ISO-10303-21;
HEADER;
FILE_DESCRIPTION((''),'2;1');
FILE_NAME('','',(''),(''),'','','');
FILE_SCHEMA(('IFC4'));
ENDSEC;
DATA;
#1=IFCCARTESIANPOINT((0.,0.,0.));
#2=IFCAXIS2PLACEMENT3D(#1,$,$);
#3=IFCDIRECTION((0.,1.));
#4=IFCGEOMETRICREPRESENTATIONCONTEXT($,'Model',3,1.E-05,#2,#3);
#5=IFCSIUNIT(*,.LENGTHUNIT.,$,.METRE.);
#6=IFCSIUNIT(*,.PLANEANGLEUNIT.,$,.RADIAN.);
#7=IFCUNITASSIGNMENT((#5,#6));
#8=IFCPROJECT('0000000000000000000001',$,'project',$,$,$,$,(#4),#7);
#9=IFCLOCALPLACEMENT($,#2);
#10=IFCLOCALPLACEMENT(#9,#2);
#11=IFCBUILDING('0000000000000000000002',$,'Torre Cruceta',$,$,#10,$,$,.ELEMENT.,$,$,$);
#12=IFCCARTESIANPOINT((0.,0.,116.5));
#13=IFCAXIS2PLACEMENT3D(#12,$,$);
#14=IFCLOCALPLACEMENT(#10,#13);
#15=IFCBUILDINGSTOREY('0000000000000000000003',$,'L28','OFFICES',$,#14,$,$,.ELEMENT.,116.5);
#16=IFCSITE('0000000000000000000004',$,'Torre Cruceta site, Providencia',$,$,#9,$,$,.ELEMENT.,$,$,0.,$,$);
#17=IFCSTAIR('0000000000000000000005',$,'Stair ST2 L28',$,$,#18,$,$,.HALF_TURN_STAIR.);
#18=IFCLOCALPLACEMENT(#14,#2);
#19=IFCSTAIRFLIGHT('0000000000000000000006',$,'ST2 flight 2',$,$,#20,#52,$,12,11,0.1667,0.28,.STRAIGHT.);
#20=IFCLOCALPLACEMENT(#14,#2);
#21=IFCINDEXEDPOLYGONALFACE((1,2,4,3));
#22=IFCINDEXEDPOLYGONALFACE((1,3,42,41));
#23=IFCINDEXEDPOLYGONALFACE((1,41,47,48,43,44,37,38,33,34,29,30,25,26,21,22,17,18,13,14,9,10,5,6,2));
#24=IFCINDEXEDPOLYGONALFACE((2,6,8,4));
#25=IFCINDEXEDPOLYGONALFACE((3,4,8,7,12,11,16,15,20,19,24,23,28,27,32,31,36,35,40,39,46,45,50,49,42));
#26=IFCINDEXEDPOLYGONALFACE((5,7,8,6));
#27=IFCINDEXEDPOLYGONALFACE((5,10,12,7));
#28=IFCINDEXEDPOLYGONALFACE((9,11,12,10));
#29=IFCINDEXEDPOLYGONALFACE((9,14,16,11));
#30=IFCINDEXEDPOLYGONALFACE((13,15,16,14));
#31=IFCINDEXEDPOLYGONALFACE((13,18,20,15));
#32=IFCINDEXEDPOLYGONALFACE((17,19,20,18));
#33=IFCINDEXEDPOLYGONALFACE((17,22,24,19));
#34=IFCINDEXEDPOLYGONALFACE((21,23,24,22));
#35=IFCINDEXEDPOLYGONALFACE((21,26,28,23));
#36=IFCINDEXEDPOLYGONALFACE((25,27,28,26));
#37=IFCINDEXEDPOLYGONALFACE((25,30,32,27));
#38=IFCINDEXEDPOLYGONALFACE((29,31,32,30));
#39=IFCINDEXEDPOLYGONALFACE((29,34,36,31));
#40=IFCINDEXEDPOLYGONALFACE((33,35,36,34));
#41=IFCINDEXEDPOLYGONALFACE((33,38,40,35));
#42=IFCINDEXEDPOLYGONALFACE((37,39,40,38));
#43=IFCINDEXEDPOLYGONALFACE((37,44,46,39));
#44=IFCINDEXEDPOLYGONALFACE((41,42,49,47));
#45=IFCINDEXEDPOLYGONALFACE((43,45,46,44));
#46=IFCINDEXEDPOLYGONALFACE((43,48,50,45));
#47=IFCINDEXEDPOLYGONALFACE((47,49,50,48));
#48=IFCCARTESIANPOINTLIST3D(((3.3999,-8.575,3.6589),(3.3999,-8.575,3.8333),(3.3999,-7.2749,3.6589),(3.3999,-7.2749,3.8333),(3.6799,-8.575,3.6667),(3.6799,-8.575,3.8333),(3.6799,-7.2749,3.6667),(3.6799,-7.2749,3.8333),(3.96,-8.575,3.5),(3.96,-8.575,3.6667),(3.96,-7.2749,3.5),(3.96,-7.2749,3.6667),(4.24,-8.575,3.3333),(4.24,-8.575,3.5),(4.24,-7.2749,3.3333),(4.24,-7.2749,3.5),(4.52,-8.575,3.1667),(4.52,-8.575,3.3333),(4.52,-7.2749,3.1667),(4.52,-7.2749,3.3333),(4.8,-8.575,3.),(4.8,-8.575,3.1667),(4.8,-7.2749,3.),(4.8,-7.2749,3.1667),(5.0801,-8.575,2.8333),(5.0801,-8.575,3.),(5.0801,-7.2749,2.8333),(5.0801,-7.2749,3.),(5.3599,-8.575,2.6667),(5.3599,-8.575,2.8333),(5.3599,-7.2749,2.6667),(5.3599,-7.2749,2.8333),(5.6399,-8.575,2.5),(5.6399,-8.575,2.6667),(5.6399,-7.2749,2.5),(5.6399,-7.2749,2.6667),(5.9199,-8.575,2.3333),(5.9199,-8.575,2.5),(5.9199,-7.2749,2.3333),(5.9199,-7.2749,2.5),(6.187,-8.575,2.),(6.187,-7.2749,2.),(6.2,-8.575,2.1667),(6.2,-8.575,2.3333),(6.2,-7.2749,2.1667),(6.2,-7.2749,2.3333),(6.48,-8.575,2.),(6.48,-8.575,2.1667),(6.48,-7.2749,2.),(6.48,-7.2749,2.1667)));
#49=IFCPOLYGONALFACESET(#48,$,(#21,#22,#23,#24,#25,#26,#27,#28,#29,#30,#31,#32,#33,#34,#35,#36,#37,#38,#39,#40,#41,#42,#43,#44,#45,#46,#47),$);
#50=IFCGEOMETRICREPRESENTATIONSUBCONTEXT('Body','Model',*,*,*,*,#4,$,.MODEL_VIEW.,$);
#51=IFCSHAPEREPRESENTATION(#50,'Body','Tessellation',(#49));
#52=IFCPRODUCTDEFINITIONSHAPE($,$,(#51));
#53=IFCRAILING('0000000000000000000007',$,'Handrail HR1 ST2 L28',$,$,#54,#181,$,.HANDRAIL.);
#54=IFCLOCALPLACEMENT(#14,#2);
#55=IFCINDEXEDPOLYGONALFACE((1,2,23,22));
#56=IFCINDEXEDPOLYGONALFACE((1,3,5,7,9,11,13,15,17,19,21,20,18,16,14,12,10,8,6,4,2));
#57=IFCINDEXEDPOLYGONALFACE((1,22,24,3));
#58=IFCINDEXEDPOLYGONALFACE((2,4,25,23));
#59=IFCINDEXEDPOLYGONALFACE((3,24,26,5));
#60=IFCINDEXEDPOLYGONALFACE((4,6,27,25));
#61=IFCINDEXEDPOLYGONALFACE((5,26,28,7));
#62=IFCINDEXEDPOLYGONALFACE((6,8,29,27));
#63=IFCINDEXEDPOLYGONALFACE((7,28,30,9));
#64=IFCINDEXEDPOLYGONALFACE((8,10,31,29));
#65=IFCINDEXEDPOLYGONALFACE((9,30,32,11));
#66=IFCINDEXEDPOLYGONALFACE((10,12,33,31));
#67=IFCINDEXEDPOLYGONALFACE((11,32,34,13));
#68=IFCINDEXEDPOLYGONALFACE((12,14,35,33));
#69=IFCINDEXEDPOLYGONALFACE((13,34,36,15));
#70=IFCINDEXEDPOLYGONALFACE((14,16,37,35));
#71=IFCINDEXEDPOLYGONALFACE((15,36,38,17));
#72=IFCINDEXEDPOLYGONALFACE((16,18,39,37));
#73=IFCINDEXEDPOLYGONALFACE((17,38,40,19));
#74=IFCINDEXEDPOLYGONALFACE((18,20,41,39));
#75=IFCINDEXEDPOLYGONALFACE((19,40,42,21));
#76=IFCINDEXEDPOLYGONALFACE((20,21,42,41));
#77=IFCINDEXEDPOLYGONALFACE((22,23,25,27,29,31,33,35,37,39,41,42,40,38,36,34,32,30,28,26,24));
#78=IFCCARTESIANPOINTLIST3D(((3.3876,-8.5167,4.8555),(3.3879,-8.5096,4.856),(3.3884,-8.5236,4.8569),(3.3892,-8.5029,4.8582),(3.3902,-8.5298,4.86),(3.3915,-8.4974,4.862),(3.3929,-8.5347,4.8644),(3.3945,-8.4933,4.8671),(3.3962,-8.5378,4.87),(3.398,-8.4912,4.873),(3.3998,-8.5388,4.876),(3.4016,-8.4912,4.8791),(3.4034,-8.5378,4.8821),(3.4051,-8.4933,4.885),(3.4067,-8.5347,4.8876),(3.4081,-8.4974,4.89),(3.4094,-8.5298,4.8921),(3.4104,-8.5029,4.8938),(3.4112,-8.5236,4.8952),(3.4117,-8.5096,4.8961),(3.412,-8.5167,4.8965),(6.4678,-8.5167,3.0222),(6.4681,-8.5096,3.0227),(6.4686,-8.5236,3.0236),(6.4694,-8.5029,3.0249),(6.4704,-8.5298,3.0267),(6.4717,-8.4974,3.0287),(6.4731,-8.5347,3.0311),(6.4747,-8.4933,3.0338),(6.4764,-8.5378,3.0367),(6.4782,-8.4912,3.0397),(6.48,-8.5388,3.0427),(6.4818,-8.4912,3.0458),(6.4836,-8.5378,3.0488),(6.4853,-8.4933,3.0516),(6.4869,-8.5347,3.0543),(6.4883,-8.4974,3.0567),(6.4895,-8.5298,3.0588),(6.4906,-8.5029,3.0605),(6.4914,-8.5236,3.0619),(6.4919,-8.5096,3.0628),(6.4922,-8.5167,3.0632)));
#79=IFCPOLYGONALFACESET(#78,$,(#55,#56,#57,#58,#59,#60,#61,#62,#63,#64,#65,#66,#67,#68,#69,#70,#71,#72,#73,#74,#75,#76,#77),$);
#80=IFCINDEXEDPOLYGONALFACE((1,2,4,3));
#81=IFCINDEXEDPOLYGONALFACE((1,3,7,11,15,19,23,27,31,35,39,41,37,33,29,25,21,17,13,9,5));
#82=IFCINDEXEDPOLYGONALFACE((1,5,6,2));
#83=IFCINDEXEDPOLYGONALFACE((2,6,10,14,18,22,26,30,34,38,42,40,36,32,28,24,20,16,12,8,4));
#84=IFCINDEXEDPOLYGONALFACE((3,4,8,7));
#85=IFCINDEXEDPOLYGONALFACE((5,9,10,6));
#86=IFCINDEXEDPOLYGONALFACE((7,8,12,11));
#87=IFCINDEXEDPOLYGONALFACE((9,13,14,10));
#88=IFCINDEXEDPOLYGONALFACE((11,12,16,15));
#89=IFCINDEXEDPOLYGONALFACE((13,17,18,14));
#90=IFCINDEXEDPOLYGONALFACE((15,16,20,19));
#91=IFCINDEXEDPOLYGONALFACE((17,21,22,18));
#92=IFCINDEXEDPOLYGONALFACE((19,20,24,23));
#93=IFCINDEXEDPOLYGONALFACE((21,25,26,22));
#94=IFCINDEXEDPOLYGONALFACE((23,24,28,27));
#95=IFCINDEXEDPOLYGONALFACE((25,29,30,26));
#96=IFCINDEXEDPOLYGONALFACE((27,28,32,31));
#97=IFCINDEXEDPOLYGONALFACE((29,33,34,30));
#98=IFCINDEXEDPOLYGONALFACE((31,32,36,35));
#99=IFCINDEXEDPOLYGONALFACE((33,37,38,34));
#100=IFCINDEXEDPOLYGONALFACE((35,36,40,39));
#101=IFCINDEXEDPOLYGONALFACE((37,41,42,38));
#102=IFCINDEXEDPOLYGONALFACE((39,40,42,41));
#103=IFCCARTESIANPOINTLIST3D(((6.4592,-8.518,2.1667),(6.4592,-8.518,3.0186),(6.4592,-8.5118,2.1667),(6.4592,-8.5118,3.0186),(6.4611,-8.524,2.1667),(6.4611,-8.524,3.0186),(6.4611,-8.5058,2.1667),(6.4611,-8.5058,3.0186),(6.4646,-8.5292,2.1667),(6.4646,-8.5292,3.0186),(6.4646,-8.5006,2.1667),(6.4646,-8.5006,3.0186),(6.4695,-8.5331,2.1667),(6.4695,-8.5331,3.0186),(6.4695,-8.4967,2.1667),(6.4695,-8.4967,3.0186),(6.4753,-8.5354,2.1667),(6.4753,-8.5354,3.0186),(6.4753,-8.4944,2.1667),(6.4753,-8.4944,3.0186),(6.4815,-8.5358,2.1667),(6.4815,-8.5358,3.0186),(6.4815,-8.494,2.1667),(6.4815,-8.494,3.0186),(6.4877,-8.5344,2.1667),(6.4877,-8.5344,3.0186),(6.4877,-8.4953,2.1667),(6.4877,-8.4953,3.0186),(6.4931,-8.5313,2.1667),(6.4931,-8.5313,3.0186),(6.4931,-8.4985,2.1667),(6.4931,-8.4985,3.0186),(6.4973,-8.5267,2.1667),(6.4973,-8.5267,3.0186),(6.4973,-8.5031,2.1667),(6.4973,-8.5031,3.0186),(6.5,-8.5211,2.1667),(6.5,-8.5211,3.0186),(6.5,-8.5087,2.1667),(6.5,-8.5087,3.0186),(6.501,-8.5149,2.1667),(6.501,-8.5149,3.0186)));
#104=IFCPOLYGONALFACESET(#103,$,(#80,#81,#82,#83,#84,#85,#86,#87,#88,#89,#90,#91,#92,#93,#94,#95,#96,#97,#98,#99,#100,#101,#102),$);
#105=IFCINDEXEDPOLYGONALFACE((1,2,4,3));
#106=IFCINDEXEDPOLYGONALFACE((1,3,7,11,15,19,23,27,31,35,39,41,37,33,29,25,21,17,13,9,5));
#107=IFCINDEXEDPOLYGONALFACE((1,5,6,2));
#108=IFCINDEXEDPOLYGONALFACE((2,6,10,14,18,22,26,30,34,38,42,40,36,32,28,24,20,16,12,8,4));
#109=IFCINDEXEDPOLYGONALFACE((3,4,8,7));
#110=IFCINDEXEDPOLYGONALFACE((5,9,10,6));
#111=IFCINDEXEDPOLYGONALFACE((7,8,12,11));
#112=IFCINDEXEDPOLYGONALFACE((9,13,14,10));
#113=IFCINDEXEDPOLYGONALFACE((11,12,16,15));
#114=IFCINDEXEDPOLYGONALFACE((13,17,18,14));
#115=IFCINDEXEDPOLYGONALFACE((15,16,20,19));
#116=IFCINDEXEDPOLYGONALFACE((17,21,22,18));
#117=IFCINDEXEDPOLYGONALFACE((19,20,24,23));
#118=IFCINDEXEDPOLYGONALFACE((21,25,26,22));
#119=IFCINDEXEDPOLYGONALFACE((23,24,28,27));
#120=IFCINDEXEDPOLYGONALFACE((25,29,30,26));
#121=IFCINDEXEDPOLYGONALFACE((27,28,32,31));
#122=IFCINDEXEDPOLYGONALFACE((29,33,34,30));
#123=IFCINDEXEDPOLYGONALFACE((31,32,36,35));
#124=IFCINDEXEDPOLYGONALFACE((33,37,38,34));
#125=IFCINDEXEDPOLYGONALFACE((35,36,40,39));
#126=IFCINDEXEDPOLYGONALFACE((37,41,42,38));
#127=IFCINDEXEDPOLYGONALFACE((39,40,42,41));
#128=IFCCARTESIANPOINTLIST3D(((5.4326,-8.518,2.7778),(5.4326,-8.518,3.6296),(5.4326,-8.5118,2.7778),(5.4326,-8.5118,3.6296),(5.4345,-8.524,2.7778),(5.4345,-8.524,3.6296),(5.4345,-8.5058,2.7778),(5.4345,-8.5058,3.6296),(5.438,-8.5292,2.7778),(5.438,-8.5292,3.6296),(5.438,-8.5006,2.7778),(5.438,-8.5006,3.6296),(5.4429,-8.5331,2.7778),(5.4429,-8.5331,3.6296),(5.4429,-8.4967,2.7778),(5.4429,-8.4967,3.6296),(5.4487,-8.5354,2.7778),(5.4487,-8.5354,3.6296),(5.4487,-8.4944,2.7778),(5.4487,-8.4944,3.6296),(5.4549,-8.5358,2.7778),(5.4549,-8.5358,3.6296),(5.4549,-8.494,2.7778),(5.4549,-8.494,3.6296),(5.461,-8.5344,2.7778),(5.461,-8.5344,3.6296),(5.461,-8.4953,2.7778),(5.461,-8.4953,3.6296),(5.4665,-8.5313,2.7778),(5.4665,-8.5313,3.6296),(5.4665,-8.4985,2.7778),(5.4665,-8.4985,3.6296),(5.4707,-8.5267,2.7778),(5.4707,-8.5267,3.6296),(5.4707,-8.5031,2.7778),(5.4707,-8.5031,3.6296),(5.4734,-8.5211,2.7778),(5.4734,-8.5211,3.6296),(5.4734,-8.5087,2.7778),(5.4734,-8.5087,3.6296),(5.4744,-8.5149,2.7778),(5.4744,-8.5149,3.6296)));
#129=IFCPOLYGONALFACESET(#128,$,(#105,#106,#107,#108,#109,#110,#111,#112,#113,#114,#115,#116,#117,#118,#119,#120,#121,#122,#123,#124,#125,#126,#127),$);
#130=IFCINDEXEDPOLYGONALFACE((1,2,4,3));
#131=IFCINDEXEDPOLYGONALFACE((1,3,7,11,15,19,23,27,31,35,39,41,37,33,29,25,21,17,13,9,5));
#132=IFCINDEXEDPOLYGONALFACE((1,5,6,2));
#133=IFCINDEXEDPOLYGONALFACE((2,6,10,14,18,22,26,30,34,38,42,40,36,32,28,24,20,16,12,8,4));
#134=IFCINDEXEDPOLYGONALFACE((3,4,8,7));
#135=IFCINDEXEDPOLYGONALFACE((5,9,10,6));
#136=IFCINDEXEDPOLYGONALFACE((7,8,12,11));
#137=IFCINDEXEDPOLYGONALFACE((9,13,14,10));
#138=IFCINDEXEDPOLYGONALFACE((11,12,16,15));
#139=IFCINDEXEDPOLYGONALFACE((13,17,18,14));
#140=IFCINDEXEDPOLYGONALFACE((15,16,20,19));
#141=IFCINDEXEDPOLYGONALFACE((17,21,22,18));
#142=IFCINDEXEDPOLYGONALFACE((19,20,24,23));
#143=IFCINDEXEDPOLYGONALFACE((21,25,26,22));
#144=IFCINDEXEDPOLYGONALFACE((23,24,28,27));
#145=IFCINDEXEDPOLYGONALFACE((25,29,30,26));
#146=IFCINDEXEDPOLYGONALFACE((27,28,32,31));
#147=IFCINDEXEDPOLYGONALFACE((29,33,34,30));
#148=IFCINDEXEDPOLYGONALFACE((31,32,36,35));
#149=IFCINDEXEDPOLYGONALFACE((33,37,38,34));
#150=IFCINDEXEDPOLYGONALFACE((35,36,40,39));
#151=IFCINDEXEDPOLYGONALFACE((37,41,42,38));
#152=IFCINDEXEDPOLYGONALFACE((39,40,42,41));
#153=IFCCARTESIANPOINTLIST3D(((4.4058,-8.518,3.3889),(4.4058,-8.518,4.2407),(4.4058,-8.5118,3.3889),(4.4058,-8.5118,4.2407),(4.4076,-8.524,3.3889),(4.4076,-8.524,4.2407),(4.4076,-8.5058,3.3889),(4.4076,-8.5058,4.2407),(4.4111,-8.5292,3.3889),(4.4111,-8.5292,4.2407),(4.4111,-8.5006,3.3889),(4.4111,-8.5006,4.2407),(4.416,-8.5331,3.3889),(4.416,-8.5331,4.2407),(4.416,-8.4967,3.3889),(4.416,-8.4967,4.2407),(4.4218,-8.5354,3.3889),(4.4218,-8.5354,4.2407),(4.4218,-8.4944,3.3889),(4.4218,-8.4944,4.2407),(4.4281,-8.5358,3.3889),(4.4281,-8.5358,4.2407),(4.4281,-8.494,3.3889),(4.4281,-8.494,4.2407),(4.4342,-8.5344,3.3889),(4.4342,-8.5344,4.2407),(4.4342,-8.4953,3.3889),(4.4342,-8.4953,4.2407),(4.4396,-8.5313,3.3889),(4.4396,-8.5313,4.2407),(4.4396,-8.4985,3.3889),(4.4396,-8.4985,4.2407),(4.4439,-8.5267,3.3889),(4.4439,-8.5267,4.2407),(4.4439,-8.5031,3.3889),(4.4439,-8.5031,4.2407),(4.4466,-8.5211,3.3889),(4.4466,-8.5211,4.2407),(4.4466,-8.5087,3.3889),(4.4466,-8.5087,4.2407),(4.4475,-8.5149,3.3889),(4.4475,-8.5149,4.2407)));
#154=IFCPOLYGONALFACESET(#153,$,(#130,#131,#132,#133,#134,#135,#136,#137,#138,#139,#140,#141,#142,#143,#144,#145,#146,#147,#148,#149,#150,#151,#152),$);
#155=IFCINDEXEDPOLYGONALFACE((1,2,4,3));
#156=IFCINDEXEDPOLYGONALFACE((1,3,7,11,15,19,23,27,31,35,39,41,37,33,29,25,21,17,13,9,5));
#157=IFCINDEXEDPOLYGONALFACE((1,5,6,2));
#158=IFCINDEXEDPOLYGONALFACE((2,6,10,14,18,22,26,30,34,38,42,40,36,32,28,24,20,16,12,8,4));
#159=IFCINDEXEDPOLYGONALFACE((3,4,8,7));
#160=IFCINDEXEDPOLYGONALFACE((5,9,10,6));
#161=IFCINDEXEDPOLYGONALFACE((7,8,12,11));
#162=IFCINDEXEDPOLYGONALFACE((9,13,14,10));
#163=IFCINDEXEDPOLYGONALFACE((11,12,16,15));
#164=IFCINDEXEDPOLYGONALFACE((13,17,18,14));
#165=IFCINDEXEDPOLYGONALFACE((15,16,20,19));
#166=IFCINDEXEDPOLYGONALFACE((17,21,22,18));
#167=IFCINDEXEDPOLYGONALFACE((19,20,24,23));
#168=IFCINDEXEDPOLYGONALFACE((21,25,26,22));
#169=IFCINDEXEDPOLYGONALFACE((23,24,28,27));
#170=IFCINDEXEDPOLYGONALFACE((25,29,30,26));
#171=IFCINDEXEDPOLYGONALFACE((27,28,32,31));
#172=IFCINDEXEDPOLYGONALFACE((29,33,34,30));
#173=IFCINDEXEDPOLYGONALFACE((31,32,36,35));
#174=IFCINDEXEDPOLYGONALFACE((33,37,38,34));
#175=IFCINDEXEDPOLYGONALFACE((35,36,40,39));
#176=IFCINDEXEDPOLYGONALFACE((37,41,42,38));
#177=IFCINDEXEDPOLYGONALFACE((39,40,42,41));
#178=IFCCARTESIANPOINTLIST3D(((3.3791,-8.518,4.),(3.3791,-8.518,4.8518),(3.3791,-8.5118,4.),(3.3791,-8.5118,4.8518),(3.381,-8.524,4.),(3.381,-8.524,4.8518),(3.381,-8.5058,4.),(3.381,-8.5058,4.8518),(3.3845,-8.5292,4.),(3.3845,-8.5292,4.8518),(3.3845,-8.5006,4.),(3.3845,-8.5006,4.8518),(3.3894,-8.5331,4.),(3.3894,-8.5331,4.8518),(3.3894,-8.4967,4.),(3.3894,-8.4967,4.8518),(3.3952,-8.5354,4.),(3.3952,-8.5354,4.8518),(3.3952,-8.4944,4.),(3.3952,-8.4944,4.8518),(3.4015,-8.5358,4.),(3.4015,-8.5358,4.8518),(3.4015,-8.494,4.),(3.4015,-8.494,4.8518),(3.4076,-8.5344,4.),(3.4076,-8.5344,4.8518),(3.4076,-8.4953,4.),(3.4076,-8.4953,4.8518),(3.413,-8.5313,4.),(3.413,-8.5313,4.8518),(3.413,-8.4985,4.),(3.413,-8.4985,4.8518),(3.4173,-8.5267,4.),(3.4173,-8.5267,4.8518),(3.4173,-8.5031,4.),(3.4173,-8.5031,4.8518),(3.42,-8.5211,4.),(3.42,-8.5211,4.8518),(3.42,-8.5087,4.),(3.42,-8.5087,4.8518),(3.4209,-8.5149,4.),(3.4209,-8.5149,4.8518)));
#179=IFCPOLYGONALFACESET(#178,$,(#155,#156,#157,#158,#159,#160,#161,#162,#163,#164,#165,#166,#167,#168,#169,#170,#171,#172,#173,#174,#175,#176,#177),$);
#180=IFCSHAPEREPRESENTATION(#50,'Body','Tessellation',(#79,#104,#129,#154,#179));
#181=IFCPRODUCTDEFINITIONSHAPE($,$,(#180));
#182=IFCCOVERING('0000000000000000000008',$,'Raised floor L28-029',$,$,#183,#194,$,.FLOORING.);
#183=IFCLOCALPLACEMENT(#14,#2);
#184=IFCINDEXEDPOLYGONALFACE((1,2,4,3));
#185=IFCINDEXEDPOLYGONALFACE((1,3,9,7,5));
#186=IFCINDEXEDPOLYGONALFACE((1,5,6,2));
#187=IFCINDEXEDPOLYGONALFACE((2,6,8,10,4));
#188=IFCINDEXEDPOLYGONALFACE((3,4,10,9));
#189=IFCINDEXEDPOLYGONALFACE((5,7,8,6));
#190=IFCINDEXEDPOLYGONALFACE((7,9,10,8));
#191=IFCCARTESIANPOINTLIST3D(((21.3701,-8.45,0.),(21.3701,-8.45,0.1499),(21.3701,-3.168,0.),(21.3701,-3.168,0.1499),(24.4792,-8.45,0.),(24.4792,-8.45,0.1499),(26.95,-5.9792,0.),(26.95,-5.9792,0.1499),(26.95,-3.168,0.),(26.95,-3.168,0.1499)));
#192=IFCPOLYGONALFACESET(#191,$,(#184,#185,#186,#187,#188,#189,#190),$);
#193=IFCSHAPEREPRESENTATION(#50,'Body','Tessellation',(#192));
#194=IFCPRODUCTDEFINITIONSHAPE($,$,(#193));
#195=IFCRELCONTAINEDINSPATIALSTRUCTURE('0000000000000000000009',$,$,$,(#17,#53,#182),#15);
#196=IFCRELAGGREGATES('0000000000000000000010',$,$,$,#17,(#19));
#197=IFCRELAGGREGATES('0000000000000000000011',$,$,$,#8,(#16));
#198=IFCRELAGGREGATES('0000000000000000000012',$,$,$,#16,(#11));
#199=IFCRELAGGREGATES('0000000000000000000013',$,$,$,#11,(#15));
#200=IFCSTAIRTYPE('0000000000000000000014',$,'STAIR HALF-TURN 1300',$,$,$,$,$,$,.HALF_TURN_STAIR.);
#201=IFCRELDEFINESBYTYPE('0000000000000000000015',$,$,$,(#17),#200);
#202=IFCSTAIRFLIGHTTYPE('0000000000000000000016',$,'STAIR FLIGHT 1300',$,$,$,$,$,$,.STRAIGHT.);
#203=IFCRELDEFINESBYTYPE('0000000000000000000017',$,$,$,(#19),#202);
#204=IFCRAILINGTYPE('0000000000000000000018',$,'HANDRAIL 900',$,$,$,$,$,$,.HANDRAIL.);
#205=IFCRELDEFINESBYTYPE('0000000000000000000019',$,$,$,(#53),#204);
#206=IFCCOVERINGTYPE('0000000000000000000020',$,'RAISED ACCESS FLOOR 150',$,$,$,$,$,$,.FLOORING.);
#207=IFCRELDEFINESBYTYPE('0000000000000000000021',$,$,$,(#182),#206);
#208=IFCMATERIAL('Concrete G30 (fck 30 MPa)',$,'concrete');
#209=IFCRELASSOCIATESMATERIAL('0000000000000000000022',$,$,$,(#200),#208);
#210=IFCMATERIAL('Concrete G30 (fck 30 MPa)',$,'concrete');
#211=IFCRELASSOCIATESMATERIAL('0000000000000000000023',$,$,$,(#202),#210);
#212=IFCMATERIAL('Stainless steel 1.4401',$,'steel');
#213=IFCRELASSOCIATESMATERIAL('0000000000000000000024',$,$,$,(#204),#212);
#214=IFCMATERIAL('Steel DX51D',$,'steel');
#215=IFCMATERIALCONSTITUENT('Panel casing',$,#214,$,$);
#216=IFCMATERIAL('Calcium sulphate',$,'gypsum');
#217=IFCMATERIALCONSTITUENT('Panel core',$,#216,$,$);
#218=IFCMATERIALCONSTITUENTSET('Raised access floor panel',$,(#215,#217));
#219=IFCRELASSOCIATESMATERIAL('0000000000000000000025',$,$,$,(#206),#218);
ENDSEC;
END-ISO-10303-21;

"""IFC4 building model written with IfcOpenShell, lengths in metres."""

from ifc_helpers import new_model, si_unit, direction, frame, origin, origin_2d, place, context, subcontext, project, spatial, polyline, circle, outline, extrude, material, constituent, constituent_set, type_object, element, aggregate, save


model = new_model("IFC4")

# Units and contexts
model_context = context("Model", 3, precision=1e-05, world=origin(), true_north=direction((0.0, 1.0)))
body_context = subcontext(model_context, "Body", "Model", "MODEL_VIEW")
ifc_project = project(units=[si_unit("LENGTHUNIT", "METRE"), si_unit("PLANEANGLEUNIT", "RADIAN")], contexts=[model_context])

# Site, building, storey
site_placement = place(None, origin())
site = spatial("IfcSite", under=ifc_project, at=site_placement, Name="Torre Cruceta site, Providencia", CompositionType="ELEMENT", RefElevation=0.0)
building_placement = place(site_placement, origin())
building = spatial("IfcBuilding", under=site, at=building_placement, Name="Torre Cruceta", CompositionType="ELEMENT")
storey_placement = place(building_placement, frame((0.0, 0.0, 116.5)))
storey = spatial("IfcBuildingStorey", under=building, at=storey_placement, Name="L28", Description="OFFICES", CompositionType="ELEMENT", Elevation=116.5)

# Stair, stair flight
ifc_material_1 = material(Name="Concrete G30 (fck 30 MPa)", Category="concrete")
stair_type = type_object("IfcStairType", Name="STAIR HALF-TURN 1300", PredefinedType="HALF_TURN_STAIR", material=ifc_material_1)
stair_placement = place(storey_placement, origin())
stair = element("IfcStair", 1, at=stair_placement, inside=storey, type_object=stair_type, Name="Stair ST2 L28", PredefinedType="HALF_TURN_STAIR")
ifc_material_2 = material(Name="Concrete G30 (fck 30 MPa)", Category="concrete")
stair_flight_type = type_object("IfcStairFlightType", Name="STAIR FLIGHT 1300", PredefinedType="STRAIGHT", material=ifc_material_2)
stair_flight_1_placement = place(storey_placement, frame((6.48, -7.925, 2.0), z_axis=(0.0, 0.0, 1.0), x_axis=(-1.0, 0.0, 0.0)))
stair_flight_1 = element("IfcStairFlight", 2, at=stair_flight_1_placement, type_object=stair_flight_type, Name="ST2 flight 2", NumberOfRisers=12, NumberOfTreads=11, PredefinedType="STRAIGHT", RiserHeight=0.1667, TreadLength=0.28, context=body_context, shape_type="SweptSolid", body=[
    extrude(outline(polyline([(0.0, 0.0), (0.0, 0.1667), (0.28, 0.1667), (0.28, 0.3333), (0.5601, 0.3333), (0.5601, 0.5), (0.8401, 0.5), (0.8401, 0.6667), (1.1201, 0.6667), (1.1201, 0.8333), (1.3999, 0.8333), (1.3999, 1.0), (1.6799, 1.0), (1.6799, 1.1667), (1.96, 1.1667), (1.96, 1.3333), (2.24, 1.3333), (2.24, 1.5), (2.52, 1.5), (2.52, 1.6667), (2.8, 1.6667), (2.8, 1.8333), (3.0801, 1.8333), (3.0801, 2.0), (3.0801, 1.6589), (0.293, 0.0), (0.0, 0.0)])), frame((0.0, 0.6499, 0.0), z_axis=(0.0, -1.0, 0.0), x_axis=(1.0, 0.0, 0.0)), (0.0, 0.0, 1.0), 1.3),
])
aggregate(stair, [stair_flight_1])

# Railing
ifc_material_3 = material(Name="Stainless steel 1.4401", Category="steel")
railing_type = type_object("IfcRailingType", Name="HANDRAIL 900", PredefinedType="HANDRAIL", material=ifc_material_3)
railing_1_placement = place(storey_placement, frame((6.48, -8.5149, 2.1667)))
element("IfcRailing", 3, at=railing_1_placement, inside=storey, type_object=railing_type, Name="Handrail HR1 ST2 L28", PredefinedType="HANDRAIL", context=body_context, shape_type="SweptSolid", body=[
    extrude(circle(Radius=0.0239, at=origin_2d()), frame((0.0, 0.0, 0.876), z_axis=(-0.859309, 0.0, 0.511458), x_axis=(0.0, -1.0, 0.0)), (0.0, 0.0, 1.0), 3.5845),
    extrude(circle(Radius=0.021, at=origin_2d()), origin(), (0.0, 0.0, 1.0), 0.8518),
    extrude(circle(Radius=0.021, at=origin_2d()), frame((-1.0266, 0.0, 0.6111)), (0.0, 0.0, 1.0), 0.8518),
    extrude(circle(Radius=0.021, at=origin_2d()), frame((-2.0535, 0.0, 1.2222)), (0.0, 0.0, 1.0), 0.8518),
    extrude(circle(Radius=0.021, at=origin_2d()), frame((-3.0801, 0.0, 1.8333)), (0.0, 0.0, 1.0), 0.8518),
])

# Covering
ifc_material_4 = material(Name="Steel DX51D", Category="steel")
ifc_constituent_1 = constituent(ifc_material_4, Name="Panel casing")
ifc_material_5 = material(Name="Calcium sulphate", Category="gypsum")
ifc_constituent_2 = constituent(ifc_material_5, Name="Panel core")
ifc_constituent_set_1 = constituent_set(constituents=[ifc_constituent_1, ifc_constituent_2], Name="Raised access floor panel")
covering_type_1 = type_object("IfcCoveringType", Name="RAISED ACCESS FLOOR 150", PredefinedType="FLOORING", material=ifc_constituent_set_1)
covering_1_placement = place(storey_placement, origin())
element("IfcCovering", 4, at=covering_1_placement, inside=storey, type_object=covering_type_1, Name="Raised floor L28-029", PredefinedType="FLOORING", context=body_context, shape_type="SweptSolid", body=[
    extrude(outline(polyline([(24.4792, -8.45), (21.3701, -8.45), (21.3701, -3.168), (26.95, -3.168), (26.95, -5.9792), (24.4792, -8.45)])), origin(), (0.0, 0.0, 1.0), 0.1499),
])

save(model, "model.ifc")
